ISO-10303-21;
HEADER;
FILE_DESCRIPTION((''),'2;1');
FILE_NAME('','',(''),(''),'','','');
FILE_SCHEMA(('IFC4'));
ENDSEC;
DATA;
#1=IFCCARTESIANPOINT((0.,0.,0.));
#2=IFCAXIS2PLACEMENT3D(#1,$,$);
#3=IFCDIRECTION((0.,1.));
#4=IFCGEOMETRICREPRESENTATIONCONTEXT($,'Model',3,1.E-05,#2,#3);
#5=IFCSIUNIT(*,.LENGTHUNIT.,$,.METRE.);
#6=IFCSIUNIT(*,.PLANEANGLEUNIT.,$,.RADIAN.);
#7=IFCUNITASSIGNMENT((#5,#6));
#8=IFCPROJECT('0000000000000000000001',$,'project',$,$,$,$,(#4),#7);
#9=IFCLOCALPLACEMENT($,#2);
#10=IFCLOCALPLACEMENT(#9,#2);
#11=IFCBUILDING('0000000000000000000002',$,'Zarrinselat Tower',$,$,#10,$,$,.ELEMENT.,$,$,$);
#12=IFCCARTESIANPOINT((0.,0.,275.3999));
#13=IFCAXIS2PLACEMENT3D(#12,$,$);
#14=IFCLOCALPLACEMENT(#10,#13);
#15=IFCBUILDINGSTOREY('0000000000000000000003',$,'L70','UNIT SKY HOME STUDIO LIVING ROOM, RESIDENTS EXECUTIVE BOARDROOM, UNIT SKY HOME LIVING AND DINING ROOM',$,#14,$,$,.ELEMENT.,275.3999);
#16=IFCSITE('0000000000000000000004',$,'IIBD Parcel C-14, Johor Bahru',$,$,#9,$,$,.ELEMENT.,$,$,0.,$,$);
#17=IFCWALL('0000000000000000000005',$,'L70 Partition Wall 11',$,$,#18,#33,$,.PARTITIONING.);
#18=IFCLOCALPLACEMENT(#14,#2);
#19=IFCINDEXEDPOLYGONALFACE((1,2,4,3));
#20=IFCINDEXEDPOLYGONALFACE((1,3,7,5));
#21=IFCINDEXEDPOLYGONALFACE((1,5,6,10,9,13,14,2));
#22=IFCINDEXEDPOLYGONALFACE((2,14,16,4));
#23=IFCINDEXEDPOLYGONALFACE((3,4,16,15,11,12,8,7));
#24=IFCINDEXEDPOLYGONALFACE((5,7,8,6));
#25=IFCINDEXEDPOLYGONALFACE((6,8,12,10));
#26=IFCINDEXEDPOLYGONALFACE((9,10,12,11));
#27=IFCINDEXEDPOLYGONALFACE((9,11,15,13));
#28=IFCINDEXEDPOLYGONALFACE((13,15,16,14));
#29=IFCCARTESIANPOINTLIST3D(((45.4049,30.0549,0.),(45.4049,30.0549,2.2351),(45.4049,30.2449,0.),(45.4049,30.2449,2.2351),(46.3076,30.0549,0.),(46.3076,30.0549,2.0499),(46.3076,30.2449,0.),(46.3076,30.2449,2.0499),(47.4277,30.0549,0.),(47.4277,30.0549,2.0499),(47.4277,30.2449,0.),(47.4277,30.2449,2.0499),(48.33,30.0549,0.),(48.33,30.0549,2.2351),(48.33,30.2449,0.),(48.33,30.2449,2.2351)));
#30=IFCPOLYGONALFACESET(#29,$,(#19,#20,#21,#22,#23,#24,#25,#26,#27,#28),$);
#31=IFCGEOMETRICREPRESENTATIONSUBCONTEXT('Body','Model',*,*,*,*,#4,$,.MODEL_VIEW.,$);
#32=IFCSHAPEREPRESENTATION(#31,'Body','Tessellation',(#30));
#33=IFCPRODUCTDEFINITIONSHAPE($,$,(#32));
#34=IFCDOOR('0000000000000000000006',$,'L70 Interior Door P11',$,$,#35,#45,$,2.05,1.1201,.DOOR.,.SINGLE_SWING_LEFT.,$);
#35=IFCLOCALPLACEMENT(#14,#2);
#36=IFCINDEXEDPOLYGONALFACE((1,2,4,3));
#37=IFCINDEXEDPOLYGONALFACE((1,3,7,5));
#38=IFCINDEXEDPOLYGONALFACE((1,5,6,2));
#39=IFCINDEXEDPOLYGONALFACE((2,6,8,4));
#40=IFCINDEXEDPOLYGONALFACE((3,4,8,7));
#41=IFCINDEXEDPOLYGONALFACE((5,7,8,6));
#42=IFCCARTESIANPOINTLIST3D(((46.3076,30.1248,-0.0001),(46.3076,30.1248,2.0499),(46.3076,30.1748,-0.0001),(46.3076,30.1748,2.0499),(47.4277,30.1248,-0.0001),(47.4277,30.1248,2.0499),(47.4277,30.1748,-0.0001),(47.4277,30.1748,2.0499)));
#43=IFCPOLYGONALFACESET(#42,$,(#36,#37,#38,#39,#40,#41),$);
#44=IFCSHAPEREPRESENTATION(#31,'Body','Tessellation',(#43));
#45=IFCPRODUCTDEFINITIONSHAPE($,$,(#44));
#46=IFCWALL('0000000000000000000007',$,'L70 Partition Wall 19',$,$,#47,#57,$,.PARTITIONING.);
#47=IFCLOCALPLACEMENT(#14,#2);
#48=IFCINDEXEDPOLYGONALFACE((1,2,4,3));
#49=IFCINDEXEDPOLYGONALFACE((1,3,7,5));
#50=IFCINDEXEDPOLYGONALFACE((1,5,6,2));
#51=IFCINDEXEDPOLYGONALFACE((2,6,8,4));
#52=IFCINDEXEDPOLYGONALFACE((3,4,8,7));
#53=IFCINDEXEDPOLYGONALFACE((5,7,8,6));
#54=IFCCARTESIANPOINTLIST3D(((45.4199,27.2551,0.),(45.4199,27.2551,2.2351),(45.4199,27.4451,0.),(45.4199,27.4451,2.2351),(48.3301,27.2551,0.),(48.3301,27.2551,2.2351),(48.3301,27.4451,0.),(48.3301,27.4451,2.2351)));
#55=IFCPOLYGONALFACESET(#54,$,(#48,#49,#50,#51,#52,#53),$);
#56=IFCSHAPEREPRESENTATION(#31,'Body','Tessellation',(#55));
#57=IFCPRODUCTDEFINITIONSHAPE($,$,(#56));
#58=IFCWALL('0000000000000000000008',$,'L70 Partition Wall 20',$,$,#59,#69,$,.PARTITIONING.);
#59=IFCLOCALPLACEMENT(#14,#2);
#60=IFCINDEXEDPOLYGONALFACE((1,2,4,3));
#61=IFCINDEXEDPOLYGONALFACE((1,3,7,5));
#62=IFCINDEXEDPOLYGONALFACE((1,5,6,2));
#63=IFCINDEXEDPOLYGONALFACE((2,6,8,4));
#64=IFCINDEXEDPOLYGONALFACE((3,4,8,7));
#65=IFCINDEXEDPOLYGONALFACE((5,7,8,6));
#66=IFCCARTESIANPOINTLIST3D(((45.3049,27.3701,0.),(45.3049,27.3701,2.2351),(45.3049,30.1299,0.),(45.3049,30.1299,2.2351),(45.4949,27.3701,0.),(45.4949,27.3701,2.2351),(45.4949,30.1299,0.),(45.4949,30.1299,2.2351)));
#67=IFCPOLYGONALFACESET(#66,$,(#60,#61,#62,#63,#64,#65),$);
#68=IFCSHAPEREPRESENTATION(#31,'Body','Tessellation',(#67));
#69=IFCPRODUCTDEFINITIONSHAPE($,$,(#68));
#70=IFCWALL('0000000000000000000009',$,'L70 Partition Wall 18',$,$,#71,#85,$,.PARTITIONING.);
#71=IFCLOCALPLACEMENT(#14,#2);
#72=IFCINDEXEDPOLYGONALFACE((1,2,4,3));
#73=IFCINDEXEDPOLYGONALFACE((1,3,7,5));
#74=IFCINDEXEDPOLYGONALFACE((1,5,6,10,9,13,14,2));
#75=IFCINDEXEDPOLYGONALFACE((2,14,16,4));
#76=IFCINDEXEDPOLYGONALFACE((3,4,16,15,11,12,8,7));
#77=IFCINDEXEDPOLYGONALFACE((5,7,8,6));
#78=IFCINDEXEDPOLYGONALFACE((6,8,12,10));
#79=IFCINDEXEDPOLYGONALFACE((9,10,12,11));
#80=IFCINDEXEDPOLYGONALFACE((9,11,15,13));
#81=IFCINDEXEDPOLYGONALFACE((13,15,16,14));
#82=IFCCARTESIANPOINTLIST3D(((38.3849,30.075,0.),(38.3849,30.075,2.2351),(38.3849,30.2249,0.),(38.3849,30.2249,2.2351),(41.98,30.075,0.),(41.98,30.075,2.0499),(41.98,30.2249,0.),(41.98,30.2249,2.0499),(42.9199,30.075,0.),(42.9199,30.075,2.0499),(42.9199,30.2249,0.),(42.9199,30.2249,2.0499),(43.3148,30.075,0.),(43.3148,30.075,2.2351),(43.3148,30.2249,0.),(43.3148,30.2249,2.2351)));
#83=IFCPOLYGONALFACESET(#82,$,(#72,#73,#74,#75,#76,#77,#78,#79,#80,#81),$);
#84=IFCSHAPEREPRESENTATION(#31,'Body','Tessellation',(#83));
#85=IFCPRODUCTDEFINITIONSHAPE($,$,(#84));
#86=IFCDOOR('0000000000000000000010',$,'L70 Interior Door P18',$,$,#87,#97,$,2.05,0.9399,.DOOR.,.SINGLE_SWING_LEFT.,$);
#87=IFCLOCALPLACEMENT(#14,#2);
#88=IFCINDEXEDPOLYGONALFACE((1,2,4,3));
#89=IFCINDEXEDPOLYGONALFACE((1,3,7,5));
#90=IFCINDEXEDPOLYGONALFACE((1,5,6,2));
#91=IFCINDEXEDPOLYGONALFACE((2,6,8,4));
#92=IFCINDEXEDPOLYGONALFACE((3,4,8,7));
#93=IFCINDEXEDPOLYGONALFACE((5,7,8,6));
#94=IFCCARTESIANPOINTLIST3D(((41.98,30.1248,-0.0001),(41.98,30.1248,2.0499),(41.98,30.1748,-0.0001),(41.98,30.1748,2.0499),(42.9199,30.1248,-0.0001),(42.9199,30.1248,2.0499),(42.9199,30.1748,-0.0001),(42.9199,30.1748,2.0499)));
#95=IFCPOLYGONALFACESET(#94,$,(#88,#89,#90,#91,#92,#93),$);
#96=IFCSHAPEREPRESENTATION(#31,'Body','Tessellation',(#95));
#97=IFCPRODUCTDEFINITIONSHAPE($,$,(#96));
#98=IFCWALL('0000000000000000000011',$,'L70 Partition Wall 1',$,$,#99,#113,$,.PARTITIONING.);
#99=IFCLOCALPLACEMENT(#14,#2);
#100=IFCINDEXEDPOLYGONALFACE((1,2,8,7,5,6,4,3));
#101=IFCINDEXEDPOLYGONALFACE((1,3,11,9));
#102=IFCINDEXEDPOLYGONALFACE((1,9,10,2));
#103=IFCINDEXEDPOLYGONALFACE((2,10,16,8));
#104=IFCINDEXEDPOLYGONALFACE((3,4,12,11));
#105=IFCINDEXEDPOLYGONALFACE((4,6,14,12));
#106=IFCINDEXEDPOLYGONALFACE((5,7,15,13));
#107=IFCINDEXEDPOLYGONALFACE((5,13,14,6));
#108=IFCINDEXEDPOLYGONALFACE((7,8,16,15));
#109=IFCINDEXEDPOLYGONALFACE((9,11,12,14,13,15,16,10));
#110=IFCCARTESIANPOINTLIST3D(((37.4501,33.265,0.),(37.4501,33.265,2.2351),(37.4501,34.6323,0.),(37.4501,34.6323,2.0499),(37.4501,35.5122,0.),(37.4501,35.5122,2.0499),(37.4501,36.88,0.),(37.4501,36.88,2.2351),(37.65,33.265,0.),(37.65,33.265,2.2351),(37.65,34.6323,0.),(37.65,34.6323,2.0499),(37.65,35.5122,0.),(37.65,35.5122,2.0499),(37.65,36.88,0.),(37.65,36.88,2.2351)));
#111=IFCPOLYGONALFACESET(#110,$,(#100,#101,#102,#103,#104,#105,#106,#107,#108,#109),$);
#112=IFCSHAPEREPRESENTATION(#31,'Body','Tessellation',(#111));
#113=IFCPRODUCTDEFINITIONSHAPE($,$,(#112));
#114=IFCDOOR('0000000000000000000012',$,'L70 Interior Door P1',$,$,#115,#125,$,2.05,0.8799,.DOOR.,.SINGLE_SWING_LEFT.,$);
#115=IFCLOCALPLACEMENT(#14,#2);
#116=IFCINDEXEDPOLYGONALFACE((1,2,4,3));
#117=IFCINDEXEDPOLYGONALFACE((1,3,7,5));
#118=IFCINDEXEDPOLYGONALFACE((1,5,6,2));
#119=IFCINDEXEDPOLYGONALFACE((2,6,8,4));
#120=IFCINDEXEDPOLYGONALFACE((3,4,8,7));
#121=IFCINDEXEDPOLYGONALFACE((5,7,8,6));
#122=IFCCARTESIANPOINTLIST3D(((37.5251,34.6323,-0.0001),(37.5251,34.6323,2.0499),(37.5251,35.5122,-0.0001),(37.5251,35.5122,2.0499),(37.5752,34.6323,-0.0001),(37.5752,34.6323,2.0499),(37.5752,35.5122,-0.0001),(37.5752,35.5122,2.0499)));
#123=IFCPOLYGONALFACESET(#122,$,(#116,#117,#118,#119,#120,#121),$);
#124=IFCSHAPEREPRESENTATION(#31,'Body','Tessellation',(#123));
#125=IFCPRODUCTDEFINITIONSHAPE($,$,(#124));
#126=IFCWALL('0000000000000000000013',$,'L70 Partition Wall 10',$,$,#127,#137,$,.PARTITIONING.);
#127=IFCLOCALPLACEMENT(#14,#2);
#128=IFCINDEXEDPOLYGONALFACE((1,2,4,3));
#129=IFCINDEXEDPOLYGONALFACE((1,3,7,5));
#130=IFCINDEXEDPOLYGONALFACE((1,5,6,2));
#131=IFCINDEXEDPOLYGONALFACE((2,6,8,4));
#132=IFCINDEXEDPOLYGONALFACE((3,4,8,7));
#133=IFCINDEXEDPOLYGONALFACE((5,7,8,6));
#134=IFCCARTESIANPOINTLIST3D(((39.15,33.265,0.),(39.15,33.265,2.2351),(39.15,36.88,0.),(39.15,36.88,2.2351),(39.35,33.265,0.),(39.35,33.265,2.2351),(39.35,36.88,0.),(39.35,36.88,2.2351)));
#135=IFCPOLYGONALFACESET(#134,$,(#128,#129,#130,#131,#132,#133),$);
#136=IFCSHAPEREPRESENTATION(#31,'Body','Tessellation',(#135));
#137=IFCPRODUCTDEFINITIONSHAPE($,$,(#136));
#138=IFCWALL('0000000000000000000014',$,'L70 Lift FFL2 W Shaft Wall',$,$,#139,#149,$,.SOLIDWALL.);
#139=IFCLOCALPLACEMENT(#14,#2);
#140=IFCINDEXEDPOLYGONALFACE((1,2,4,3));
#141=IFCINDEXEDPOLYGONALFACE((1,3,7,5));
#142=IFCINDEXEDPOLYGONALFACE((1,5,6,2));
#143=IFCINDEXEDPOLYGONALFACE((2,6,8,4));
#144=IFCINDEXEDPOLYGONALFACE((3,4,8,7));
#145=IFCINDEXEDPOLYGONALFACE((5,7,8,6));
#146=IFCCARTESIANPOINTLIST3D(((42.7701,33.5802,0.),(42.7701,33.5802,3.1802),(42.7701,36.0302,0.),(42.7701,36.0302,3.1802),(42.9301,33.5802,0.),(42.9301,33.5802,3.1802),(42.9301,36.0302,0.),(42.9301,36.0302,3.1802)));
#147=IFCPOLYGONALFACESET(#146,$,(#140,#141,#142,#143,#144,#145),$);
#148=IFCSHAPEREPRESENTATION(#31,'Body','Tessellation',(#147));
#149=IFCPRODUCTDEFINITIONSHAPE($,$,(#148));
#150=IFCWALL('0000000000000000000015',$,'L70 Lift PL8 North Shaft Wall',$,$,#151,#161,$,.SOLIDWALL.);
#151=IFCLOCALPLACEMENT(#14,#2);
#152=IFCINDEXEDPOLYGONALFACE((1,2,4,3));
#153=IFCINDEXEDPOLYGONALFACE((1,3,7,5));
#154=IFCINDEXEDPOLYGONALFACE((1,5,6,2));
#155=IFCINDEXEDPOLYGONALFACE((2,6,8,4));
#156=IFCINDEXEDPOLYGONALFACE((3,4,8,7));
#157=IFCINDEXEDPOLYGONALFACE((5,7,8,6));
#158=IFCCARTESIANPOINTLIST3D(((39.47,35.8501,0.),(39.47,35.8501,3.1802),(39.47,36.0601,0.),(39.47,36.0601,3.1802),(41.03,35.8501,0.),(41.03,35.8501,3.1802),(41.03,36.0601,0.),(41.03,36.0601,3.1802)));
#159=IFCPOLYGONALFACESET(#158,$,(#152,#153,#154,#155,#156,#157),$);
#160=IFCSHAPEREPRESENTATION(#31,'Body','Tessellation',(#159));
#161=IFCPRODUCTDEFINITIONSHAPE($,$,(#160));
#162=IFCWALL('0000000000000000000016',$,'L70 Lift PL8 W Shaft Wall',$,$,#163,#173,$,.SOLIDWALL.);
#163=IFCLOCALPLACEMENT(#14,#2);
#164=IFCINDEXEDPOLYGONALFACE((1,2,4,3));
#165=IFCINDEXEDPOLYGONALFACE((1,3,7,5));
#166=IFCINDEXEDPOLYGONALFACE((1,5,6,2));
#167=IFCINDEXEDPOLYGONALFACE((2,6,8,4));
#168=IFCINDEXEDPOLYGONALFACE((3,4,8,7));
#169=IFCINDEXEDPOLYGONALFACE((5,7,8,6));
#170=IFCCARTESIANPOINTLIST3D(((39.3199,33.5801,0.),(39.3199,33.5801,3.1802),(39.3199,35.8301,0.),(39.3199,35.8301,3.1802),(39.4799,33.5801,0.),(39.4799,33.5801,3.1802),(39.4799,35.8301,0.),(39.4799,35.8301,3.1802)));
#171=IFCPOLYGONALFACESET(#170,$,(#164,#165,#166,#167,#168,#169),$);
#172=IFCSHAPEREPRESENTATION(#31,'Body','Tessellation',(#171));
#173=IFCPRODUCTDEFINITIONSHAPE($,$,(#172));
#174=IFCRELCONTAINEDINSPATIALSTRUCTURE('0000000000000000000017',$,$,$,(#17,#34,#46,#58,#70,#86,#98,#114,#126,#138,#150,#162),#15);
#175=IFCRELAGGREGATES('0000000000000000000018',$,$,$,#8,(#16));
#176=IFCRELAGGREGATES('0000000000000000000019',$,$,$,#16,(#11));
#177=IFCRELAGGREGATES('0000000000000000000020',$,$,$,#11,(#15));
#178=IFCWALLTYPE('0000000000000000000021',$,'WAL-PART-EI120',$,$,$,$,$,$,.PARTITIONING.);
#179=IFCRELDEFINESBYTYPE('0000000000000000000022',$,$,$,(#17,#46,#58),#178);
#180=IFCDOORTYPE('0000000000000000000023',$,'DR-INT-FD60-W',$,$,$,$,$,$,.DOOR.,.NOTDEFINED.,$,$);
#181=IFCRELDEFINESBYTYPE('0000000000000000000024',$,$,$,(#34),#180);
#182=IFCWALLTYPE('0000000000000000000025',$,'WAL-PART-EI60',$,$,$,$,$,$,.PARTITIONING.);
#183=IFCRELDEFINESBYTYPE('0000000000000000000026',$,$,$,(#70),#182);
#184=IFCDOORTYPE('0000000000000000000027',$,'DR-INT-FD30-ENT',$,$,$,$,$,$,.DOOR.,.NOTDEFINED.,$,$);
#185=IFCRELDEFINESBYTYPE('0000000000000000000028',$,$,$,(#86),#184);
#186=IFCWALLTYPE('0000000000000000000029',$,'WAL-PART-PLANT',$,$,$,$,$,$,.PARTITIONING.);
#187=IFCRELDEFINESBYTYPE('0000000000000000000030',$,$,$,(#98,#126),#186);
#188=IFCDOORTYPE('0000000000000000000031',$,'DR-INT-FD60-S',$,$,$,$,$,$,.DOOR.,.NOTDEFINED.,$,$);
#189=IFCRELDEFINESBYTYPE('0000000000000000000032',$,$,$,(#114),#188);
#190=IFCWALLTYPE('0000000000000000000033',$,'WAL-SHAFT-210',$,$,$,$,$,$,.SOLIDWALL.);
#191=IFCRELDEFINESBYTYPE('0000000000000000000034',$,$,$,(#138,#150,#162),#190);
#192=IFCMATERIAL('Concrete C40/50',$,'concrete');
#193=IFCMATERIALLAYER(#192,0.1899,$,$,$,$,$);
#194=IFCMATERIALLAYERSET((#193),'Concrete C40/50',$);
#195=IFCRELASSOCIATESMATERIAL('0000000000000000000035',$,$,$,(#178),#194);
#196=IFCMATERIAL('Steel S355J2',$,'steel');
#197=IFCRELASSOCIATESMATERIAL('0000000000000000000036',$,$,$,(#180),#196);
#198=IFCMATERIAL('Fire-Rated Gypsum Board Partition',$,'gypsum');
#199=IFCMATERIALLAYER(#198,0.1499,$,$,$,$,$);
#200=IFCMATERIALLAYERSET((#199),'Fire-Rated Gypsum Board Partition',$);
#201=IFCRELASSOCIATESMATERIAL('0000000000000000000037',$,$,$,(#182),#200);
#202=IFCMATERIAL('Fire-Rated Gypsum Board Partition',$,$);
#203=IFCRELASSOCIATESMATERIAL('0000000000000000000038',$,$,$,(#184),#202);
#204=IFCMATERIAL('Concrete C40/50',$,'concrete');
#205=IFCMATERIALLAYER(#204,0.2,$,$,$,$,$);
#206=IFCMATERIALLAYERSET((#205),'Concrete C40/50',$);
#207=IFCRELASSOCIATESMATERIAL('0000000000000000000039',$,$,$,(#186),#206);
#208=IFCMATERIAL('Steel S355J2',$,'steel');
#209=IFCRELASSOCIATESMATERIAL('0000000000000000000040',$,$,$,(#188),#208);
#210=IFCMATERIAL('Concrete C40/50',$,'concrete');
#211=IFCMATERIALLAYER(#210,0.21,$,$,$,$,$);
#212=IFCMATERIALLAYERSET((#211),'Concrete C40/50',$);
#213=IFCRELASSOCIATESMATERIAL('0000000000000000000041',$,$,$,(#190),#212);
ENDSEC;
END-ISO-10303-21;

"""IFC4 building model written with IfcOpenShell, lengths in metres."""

from ifc_helpers import new_model, si_unit, direction, frame, frame_2d, origin, place, context, subcontext, project, spatial, rectangle, extrude, material, layer, layer_set, type_object, element, fill, save


model = new_model("IFC4")

# Units and contexts
model_context = context("Model", 3, precision=1e-05, world=origin(), true_north=direction((0.0, 1.0)))
body_context = subcontext(model_context, "Body", "Model", "MODEL_VIEW")
ifc_project = project(units=[si_unit("LENGTHUNIT", "METRE"), si_unit("PLANEANGLEUNIT", "RADIAN")], contexts=[model_context])

# Site, building, storey
site_placement = place(None, origin())
site = spatial("IfcSite", under=ifc_project, at=site_placement, Name="IIBD Parcel C-14, Johor Bahru", CompositionType="ELEMENT", RefElevation=0.0)
building_placement = place(site_placement, origin())
building = spatial("IfcBuilding", under=site, at=building_placement, Name="Zarrinselat Tower", CompositionType="ELEMENT")
storey_placement = place(building_placement, frame((0.0, 0.0, 275.3999)))
storey = spatial("IfcBuildingStorey", under=building, at=storey_placement, Name="L70", Description="UNIT SKY HOME STUDIO LIVING ROOM, RESIDENTS EXECUTIVE BOARDROOM, UNIT SKY HOME LIVING AND DINING ROOM", CompositionType="ELEMENT", Elevation=275.3999)

# Wall, opening, door
ifc_material_1 = material(Name="Concrete C40/50", Category="concrete")
ifc_layer_1 = layer(ifc_material_1, 0.1899)
ifc_layer_set_1 = layer_set([ifc_layer_1], Name="Concrete C40/50")
wall_type_1 = type_object("IfcWallType", Name="WAL-PART-EI120", PredefinedType="PARTITIONING", material=ifc_layer_set_1)
wall_1_placement = place(storey_placement, frame((45.405, 30.1499, 0.0), z_axis=(0.0, 0.0, 1.0), x_axis=(1.0, 0.0, 0.0)))
wall_1 = element("IfcWall", 1, at=wall_1_placement, inside=storey, type_object=wall_type_1, Name="L70 Partition Wall 11", PredefinedType="PARTITIONING", context=body_context, shape_type="SweptSolid", body=[
    extrude(rectangle(XDim=2.925, YDim=0.1899, at=frame_2d((1.4624, 0.0))), origin(), (0.0, 0.0, 1.0), 2.2351),
])
opening_1_placement = place(wall_1_placement, frame((0.9026, 0.0, 0.0)))
opening_1 = element("IfcOpeningElement", 2, at=opening_1_placement, cuts=wall_1, PredefinedType="OPENING", context=body_context, shape_type="SweptSolid", body=[
    extrude(rectangle(XDim=1.1201, YDim=2.05, at=frame_2d((0.5601, 1.0249))), frame((0.0, 0.105, 0.0), z_axis=(0.0, -1.0, 0.0), x_axis=(1.0, 0.0, 0.0)), (0.0, 0.0, 1.0), 0.21),
])
ifc_material_2 = material(Name="Steel S355J2", Category="steel")
door_type_1 = type_object("IfcDoorType", Name="DR-INT-FD60-W", OperationType="NOTDEFINED", PredefinedType="DOOR", material=ifc_material_2)
door_1_placement = place(opening_1_placement, origin())
door_1 = element("IfcDoor", 3, at=door_1_placement, inside=storey, type_object=door_type_1, Name="L70 Interior Door P11", OperationType="SINGLE_SWING_LEFT", OverallHeight=2.05, OverallWidth=1.1201, PredefinedType="DOOR", context=body_context, shape_type="SweptSolid", body=[
    extrude(rectangle(XDim=1.1201, YDim=2.05, at=frame_2d((0.5601, 1.0249))), frame((0.0, 0.0249, 0.0), z_axis=(0.0, -1.0, 0.0), x_axis=(1.0, 0.0, 0.0)), (0.0, 0.0, 1.0), 0.05),
])
fill(opening_1, door_1)

# Walls
wall_2_placement = place(storey_placement, frame((45.4199, 27.3501, 0.0), z_axis=(0.0, 0.0, 1.0), x_axis=(1.0, 0.0, 0.0)))
element("IfcWall", 4, at=wall_2_placement, inside=storey, type_object=wall_type_1, Name="L70 Partition Wall 19", PredefinedType="PARTITIONING", context=body_context, shape_type="SweptSolid", body=[
    extrude(rectangle(XDim=2.9102, YDim=0.1899, at=frame_2d((1.4551, 0.0))), origin(), (0.0, 0.0, 1.0), 2.2351),
])
wall_3_placement = place(storey_placement, frame((45.3999, 27.3701, 0.0), z_axis=(0.0, 0.0, 1.0), x_axis=(0.0, 1.0, 0.0)))
element("IfcWall", 5, at=wall_3_placement, inside=storey, type_object=wall_type_1, Name="L70 Partition Wall 20", PredefinedType="PARTITIONING", context=body_context, shape_type="SweptSolid", body=[
    extrude(rectangle(XDim=2.7598, YDim=0.1899, at=frame_2d((1.3799, 0.0))), origin(), (0.0, 0.0, 1.0), 2.2351),
])

# Walls, openings, doors
ifc_material_3 = material(Name="Fire-Rated Gypsum Board Partition", Category="gypsum")
ifc_layer_2 = layer(ifc_material_3, 0.1499)
ifc_layer_set_2 = layer_set([ifc_layer_2], Name="Fire-Rated Gypsum Board Partition")
wall_type_2 = type_object("IfcWallType", Name="WAL-PART-EI60", PredefinedType="PARTITIONING", material=ifc_layer_set_2)
wall_4_placement = place(storey_placement, frame((38.385, 30.1499, 0.0), z_axis=(0.0, 0.0, 1.0), x_axis=(1.0, 0.0, 0.0)))
wall_4 = element("IfcWall", 6, at=wall_4_placement, inside=storey, type_object=wall_type_2, Name="L70 Partition Wall 18", PredefinedType="PARTITIONING", context=body_context, shape_type="SweptSolid", body=[
    extrude(rectangle(XDim=4.9299, YDim=0.1499, at=frame_2d((2.4648, 0.0))), origin(), (0.0, 0.0, 1.0), 2.2351),
])
opening_2_placement = place(wall_4_placement, frame((3.595, 0.0, 0.0)))
opening_2 = element("IfcOpeningElement", 7, at=opening_2_placement, cuts=wall_4, PredefinedType="OPENING", context=body_context, shape_type="SweptSolid", body=[
    extrude(rectangle(XDim=0.9399, YDim=2.05, at=frame_2d((0.47, 1.0249))), frame((0.0, 0.085, 0.0), z_axis=(0.0, -1.0, 0.0), x_axis=(1.0, 0.0, 0.0)), (0.0, 0.0, 1.0), 0.1699),
])
ifc_material_4 = material(Name="Fire-Rated Gypsum Board Partition")
door_type_2 = type_object("IfcDoorType", Name="DR-INT-FD30-ENT", OperationType="NOTDEFINED", PredefinedType="DOOR", material=ifc_material_4)
door_2_placement = place(opening_2_placement, origin())
door_2 = element("IfcDoor", 8, at=door_2_placement, inside=storey, type_object=door_type_2, Name="L70 Interior Door P18", OperationType="SINGLE_SWING_LEFT", OverallHeight=2.05, OverallWidth=0.9399, PredefinedType="DOOR", context=body_context, shape_type="SweptSolid", body=[
    extrude(rectangle(XDim=0.9399, YDim=2.05, at=frame_2d((0.47, 1.0249))), frame((0.0, 0.0249, 0.0), z_axis=(0.0, -1.0, 0.0), x_axis=(1.0, 0.0, 0.0)), (0.0, 0.0, 1.0), 0.05),
])
fill(opening_2, door_2)
ifc_material_5 = material(Name="Concrete C40/50", Category="concrete")
ifc_layer_3 = layer(ifc_material_5, 0.2)
ifc_layer_set_3 = layer_set([ifc_layer_3], Name="Concrete C40/50")
wall_type_3 = type_object("IfcWallType", Name="WAL-PART-PLANT", PredefinedType="PARTITIONING", material=ifc_layer_set_3)
wall_5_placement = place(storey_placement, frame((37.55, 33.2649, 0.0), z_axis=(0.0, 0.0, 1.0), x_axis=(0.0, 1.0, 0.0)))
wall_5 = element("IfcWall", 9, at=wall_5_placement, inside=storey, type_object=wall_type_3, Name="L70 Partition Wall 1", PredefinedType="PARTITIONING", context=body_context, shape_type="SweptSolid", body=[
    extrude(rectangle(XDim=3.615, YDim=0.2, at=frame_2d((1.8076, 0.0))), origin(), (0.0, 0.0, 1.0), 2.2351),
])
opening_3_placement = place(wall_5_placement, frame((1.3674, 0.0, 0.0)))
opening_3 = element("IfcOpeningElement", 10, at=opening_3_placement, cuts=wall_5, PredefinedType="OPENING", context=body_context, shape_type="SweptSolid", body=[
    extrude(rectangle(XDim=0.8799, YDim=2.05, at=frame_2d((0.4399, 1.0249))), frame((0.0, 0.1099, 0.0), z_axis=(0.0, -1.0, 0.0), x_axis=(1.0, 0.0, 0.0)), (0.0, 0.0, 1.0), 0.22),
])
ifc_material_6 = material(Name="Steel S355J2", Category="steel")
door_type_3 = type_object("IfcDoorType", Name="DR-INT-FD60-S", OperationType="NOTDEFINED", PredefinedType="DOOR", material=ifc_material_6)
door_3_placement = place(opening_3_placement, origin())
door_3 = element("IfcDoor", 11, at=door_3_placement, inside=storey, type_object=door_type_3, Name="L70 Interior Door P1", OperationType="SINGLE_SWING_LEFT", OverallHeight=2.05, OverallWidth=0.8799, PredefinedType="DOOR", context=body_context, shape_type="SweptSolid", body=[
    extrude(rectangle(XDim=0.8799, YDim=2.05, at=frame_2d((0.4399, 1.0249))), frame((0.0, 0.0249, 0.0), z_axis=(0.0, -1.0, 0.0), x_axis=(1.0, 0.0, 0.0)), (0.0, 0.0, 1.0), 0.05),
])
fill(opening_3, door_3)

# Walls
wall_6_placement = place(storey_placement, frame((39.25, 33.2649, 0.0), z_axis=(0.0, 0.0, 1.0), x_axis=(0.0, 1.0, 0.0)))
element("IfcWall", 12, at=wall_6_placement, inside=storey, type_object=wall_type_3, Name="L70 Partition Wall 10", PredefinedType="PARTITIONING", context=body_context, shape_type="SweptSolid", body=[
    extrude(rectangle(XDim=3.615, YDim=0.2, at=frame_2d((1.8076, 0.0))), origin(), (0.0, 0.0, 1.0), 2.2351),
])
ifc_material_7 = material(Name="Concrete C40/50", Category="concrete")
ifc_layer_4 = layer(ifc_material_7, 0.21)
ifc_layer_set_4 = layer_set([ifc_layer_4], Name="Concrete C40/50")
wall_type_4 = type_object("IfcWallType", Name="WAL-SHAFT-210", PredefinedType="SOLIDWALL", material=ifc_layer_set_4)
wall_7_placement = place(storey_placement, frame((42.8501, 33.5801, 0.0), z_axis=(0.0, 0.0, 1.0), x_axis=(0.0, 1.0, 0.0)))
element("IfcWall", 13, at=wall_7_placement, inside=storey, type_object=wall_type_4, Name="L70 Lift FFL2 W Shaft Wall", PredefinedType="SOLIDWALL", context=body_context, shape_type="SweptSolid", body=[
    extrude(rectangle(XDim=2.45, YDim=0.1599, at=frame_2d((1.2251, 0.0))), origin(), (0.0, 0.0, 1.0), 3.1802),
])
wall_8_placement = place(storey_placement, frame((39.47, 35.9551, 0.0), z_axis=(0.0, 0.0, 1.0), x_axis=(1.0, 0.0, 0.0)))
element("IfcWall", 14, at=wall_8_placement, inside=storey, type_object=wall_type_4, Name="L70 Lift PL8 North Shaft Wall", PredefinedType="SOLIDWALL", context=body_context, shape_type="SweptSolid", body=[
    extrude(rectangle(XDim=1.5601, YDim=0.21, at=frame_2d((0.78, 0.0))), origin(), (0.0, 0.0, 1.0), 3.1802),
])
for number, where, z_axis, x_axis, name in (
    (15, (39.3999, 33.5801, 0.0), (0.0, 0.0, 1.0), (0.0, 1.0, 0.0), "L70 Lift PL8 W Shaft Wall"),
):
    element("IfcWall", number, at=place(storey_placement, frame(where, z_axis=z_axis, x_axis=x_axis)), inside=storey, type_object=wall_type_4, Name=name, PredefinedType="SOLIDWALL", context=body_context, shape_type="SweptSolid", body=[
        extrude(rectangle(XDim=2.25, YDim=0.1599, at=frame_2d((1.125, 0.0))), origin(), (0.0, 0.0, 1.0), 3.1802),
    ])

save(model, "model.ifc")
